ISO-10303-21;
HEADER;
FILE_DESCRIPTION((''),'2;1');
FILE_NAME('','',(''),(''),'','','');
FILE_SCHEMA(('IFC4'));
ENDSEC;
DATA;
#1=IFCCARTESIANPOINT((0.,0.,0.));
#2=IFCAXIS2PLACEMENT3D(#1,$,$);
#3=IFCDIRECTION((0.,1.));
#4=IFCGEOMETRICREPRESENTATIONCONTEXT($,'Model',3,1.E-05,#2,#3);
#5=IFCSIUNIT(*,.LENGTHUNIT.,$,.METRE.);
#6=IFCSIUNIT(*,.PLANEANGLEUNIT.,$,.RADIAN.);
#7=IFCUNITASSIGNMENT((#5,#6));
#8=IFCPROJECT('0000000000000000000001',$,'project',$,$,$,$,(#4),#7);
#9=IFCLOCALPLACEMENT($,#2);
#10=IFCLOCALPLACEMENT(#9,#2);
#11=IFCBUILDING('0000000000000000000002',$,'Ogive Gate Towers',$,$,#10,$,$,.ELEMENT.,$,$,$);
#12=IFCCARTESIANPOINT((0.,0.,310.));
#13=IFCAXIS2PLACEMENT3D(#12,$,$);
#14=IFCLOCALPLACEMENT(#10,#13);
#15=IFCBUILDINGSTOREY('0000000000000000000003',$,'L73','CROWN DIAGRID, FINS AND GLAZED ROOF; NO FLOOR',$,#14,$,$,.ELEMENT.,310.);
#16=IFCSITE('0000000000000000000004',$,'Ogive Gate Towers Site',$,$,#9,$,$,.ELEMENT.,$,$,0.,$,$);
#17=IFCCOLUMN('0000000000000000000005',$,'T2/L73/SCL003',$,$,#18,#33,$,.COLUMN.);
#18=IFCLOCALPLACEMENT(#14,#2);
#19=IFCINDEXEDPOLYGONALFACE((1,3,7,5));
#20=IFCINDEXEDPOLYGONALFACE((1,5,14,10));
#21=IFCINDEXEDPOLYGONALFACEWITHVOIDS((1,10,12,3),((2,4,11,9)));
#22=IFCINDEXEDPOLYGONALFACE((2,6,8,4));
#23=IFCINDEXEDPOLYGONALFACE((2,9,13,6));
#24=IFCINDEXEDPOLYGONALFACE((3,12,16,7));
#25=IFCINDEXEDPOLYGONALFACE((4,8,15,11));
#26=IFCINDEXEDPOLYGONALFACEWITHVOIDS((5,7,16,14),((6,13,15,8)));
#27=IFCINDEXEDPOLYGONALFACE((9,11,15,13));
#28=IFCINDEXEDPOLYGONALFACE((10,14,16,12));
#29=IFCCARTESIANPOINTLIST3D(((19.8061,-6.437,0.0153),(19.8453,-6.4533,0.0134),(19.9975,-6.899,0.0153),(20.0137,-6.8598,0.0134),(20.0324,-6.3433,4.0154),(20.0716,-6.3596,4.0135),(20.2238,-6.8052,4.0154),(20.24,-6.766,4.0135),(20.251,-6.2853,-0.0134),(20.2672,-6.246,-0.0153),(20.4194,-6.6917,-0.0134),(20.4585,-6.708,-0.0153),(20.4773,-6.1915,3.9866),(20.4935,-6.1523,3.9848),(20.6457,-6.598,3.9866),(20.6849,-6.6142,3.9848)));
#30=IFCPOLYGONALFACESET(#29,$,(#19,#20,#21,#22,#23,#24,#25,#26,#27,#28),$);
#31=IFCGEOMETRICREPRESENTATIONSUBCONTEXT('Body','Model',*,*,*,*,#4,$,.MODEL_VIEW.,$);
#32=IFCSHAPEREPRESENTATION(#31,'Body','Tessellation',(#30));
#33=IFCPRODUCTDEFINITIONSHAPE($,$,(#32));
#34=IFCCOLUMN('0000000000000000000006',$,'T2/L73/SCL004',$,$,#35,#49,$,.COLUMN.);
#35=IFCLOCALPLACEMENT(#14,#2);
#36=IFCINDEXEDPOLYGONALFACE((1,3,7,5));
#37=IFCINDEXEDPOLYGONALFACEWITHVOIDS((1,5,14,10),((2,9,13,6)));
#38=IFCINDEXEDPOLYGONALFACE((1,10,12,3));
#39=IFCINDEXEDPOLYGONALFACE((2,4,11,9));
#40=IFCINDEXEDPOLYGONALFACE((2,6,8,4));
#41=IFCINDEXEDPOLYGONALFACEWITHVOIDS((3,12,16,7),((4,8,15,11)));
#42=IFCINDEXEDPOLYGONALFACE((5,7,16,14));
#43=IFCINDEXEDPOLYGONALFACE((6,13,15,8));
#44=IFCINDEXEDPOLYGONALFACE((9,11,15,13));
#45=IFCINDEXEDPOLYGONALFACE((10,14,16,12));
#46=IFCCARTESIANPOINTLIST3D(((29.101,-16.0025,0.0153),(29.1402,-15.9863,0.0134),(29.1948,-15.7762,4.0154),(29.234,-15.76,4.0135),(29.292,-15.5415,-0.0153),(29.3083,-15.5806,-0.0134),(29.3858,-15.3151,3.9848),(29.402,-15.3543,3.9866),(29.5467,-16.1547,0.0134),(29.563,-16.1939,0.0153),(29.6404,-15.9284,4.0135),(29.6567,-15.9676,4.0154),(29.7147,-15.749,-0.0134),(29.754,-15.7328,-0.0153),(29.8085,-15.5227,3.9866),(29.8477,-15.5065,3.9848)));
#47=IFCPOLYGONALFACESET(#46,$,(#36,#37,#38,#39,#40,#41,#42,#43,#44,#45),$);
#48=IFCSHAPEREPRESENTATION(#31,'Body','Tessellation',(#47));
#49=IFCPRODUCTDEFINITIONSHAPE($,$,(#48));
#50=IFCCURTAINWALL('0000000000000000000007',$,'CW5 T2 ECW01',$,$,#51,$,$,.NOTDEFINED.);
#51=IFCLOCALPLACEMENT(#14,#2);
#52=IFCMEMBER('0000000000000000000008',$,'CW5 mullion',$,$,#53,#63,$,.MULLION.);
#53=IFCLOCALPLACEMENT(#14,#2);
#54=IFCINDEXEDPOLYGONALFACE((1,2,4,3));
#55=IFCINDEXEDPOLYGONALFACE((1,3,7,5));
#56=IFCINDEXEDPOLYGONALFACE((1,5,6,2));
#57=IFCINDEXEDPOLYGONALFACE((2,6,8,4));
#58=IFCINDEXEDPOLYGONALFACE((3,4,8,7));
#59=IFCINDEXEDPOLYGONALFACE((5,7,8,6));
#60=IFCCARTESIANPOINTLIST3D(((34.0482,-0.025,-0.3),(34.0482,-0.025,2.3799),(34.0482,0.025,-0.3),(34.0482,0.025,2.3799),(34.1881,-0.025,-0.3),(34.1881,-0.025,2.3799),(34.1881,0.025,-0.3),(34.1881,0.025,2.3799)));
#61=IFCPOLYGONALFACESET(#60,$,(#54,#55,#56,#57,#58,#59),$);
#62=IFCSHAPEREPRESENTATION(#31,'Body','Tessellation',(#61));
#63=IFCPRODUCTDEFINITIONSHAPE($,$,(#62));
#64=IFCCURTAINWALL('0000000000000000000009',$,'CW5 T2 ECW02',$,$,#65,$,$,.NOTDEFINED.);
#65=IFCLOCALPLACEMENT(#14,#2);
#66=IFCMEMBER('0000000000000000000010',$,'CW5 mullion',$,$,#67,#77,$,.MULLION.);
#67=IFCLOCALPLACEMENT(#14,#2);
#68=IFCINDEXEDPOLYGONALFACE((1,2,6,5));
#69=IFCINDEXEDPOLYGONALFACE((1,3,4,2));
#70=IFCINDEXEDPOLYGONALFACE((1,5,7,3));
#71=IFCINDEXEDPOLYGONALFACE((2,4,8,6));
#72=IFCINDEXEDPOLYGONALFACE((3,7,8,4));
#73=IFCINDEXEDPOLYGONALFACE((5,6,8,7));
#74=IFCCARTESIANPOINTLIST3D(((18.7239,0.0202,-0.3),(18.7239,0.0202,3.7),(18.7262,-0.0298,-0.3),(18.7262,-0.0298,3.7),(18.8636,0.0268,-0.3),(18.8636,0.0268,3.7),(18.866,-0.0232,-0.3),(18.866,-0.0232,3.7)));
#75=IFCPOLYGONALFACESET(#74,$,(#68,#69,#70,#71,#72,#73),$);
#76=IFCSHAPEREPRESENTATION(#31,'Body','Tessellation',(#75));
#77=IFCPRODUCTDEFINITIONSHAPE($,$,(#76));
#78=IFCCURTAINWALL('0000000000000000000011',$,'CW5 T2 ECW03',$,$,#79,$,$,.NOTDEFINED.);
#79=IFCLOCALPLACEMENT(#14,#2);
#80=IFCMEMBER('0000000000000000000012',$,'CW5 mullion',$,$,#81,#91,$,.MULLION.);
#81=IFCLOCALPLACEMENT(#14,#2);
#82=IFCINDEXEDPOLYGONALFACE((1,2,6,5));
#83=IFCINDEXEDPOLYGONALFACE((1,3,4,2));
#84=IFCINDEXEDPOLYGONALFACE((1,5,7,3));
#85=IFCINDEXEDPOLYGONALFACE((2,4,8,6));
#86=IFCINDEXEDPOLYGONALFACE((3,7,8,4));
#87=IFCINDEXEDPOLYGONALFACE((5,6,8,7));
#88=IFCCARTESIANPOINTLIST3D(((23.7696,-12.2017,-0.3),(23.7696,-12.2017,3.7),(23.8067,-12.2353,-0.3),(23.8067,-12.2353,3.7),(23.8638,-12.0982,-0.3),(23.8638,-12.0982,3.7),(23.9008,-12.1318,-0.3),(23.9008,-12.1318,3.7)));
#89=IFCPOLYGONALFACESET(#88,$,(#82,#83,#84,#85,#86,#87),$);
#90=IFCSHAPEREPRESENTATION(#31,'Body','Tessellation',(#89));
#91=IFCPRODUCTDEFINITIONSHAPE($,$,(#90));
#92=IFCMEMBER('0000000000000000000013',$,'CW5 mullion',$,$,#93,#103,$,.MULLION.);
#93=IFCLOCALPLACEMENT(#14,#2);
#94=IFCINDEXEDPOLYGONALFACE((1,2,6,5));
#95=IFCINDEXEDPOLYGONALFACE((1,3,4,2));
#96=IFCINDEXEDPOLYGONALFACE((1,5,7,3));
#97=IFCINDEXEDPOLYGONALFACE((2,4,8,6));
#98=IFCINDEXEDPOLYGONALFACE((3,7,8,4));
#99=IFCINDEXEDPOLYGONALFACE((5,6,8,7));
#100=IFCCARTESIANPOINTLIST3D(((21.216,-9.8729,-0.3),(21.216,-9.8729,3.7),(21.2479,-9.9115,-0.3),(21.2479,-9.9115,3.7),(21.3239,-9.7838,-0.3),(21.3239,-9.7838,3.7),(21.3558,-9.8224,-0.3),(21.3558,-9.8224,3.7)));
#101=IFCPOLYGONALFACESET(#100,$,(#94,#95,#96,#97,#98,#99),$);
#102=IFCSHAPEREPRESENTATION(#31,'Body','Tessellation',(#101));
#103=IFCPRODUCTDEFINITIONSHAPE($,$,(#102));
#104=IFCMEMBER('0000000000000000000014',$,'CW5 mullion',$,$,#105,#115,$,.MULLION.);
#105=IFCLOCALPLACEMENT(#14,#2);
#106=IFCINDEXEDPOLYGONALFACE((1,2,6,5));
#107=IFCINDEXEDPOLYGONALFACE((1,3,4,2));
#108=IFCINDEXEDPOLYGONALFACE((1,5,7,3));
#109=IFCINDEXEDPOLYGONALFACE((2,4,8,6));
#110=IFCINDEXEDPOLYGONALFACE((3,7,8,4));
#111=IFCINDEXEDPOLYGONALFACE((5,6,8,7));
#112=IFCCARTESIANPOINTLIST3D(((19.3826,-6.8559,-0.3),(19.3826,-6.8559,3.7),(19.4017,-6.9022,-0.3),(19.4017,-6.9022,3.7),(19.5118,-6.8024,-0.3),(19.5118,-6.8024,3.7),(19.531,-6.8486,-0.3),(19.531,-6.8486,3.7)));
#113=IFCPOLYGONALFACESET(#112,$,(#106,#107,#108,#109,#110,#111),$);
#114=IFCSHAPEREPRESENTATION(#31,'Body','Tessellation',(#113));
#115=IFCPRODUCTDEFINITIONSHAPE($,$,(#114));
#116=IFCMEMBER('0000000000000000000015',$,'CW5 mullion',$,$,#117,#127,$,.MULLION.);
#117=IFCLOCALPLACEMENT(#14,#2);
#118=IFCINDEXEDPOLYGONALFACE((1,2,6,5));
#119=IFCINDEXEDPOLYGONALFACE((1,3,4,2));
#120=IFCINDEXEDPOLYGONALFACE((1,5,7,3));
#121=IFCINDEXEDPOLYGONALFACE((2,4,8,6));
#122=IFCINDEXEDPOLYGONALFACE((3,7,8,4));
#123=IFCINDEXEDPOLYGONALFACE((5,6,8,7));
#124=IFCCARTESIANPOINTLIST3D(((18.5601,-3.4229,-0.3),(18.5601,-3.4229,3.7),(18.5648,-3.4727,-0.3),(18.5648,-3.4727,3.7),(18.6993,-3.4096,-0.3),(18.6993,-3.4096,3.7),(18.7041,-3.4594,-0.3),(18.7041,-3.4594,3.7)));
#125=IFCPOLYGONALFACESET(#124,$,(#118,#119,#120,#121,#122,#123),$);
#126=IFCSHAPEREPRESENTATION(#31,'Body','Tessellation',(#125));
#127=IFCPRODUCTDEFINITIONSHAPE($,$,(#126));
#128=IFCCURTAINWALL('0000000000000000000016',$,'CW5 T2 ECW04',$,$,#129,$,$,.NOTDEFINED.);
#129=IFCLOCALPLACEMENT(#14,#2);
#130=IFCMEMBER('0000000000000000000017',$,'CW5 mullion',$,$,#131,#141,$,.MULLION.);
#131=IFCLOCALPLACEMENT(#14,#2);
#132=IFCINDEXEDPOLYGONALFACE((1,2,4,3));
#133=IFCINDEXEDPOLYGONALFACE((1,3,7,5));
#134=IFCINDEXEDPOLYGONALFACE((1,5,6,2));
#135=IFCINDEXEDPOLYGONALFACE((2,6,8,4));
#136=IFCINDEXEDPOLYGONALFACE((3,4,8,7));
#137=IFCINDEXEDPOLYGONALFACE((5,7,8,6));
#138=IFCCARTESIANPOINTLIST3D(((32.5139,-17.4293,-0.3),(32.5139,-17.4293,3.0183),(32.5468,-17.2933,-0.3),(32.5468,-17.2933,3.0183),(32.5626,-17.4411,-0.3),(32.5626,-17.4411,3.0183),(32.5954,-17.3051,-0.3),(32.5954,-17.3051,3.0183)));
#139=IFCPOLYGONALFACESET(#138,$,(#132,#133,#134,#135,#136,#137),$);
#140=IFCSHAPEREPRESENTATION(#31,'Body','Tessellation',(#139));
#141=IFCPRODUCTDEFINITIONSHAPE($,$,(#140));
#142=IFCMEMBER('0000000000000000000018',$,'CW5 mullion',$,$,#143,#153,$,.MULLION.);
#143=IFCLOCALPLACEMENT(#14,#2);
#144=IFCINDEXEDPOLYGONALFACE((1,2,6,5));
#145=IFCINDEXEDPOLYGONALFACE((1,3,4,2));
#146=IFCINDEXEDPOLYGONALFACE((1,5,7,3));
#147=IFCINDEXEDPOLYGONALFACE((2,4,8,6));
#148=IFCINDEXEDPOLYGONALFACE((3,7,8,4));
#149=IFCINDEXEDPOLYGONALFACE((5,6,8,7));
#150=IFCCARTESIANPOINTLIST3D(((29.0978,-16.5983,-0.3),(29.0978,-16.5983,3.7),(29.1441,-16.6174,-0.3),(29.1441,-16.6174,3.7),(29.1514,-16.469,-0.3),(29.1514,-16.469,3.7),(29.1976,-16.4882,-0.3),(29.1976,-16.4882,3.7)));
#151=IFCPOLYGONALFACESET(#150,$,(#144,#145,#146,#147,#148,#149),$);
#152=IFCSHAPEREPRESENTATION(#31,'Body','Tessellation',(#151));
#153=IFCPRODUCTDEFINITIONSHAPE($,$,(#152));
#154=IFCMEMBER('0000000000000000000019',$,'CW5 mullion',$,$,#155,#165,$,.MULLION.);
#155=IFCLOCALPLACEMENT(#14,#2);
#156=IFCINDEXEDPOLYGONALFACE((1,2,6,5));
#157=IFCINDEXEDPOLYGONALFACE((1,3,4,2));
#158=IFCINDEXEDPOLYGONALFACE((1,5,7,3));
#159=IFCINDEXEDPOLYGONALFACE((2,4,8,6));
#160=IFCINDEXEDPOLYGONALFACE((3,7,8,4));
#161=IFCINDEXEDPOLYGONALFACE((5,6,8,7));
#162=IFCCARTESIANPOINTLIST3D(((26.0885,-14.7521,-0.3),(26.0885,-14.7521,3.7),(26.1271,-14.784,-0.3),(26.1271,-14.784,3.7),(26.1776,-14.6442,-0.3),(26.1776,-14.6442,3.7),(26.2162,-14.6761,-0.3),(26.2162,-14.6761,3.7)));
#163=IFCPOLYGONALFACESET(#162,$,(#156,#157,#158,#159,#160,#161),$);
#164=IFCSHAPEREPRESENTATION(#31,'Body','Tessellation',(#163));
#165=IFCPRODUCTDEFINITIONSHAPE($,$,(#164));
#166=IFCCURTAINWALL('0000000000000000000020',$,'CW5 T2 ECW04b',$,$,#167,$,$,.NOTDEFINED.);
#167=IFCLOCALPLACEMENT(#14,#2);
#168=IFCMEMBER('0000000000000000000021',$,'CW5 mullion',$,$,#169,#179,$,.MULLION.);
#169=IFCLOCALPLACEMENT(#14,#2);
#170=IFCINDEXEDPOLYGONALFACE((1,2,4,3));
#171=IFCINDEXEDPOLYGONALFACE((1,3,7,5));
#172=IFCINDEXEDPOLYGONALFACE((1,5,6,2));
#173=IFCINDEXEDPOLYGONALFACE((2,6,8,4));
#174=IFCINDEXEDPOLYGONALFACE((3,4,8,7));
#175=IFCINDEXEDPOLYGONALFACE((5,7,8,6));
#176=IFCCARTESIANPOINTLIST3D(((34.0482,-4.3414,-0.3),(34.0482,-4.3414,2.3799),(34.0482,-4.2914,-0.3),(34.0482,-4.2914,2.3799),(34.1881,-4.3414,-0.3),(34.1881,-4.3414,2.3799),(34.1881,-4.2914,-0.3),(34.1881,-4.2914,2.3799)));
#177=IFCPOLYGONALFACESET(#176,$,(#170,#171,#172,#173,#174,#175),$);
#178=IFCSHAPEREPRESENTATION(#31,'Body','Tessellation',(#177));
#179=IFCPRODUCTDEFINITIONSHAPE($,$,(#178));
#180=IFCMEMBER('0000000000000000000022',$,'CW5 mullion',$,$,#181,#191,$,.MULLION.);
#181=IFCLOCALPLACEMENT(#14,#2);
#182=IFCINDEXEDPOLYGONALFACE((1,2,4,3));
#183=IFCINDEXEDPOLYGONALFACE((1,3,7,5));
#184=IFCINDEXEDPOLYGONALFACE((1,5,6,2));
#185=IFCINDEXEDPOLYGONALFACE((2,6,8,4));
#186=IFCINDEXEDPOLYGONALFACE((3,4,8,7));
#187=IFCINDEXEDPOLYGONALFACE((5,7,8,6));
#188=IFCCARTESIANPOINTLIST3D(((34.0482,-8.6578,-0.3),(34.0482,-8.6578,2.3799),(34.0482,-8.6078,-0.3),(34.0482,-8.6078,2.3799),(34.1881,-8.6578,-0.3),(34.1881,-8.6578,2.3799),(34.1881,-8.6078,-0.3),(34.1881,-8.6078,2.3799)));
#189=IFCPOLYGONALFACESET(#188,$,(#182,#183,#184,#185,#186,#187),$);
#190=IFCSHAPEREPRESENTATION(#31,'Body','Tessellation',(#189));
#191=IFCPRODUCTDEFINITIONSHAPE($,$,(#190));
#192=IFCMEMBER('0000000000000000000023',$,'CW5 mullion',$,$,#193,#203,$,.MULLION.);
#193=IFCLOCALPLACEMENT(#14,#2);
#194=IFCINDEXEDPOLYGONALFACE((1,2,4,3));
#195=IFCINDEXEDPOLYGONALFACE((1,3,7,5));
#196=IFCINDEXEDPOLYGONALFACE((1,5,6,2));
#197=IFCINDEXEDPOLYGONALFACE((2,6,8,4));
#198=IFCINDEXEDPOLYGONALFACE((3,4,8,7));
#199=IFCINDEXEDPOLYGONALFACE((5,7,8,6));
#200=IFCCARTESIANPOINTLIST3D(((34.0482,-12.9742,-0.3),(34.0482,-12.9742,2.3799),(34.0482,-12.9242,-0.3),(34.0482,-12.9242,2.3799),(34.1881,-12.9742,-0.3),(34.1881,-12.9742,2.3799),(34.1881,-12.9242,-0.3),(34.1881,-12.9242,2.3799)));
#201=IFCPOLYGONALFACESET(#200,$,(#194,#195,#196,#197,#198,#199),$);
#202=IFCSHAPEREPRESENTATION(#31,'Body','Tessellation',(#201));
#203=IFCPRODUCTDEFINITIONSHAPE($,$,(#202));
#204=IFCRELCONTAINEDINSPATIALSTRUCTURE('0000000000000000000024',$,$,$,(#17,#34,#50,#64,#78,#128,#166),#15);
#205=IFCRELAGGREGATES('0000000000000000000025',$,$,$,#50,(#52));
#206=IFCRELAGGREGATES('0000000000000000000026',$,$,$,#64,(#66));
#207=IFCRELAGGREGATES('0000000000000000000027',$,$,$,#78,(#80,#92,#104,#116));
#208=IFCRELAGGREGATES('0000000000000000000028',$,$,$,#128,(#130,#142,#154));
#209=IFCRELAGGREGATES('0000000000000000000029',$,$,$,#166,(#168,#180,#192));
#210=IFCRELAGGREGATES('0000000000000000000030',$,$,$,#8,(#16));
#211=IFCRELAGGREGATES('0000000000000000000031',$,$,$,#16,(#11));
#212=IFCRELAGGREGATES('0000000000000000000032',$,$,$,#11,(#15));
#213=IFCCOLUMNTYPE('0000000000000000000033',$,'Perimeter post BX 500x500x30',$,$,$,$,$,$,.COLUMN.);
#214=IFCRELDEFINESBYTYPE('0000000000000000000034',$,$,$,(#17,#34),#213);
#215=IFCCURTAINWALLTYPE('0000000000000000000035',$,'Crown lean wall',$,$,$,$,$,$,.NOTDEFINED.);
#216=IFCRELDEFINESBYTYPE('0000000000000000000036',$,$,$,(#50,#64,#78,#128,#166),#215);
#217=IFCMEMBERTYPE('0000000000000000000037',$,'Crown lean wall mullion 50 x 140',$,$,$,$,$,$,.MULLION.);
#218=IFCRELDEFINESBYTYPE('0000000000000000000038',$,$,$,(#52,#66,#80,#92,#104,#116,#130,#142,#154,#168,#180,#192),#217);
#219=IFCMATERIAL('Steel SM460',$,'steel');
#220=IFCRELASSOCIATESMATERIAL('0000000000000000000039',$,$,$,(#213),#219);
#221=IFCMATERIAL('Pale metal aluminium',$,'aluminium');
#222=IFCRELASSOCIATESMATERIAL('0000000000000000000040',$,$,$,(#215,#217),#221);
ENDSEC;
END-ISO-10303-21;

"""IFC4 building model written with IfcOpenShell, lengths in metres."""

from ifc_helpers import new_model, si_unit, direction, frame, origin, origin_2d, place, context, subcontext, project, spatial, rectangle, hollow_rectangle, extrude, material, material_profile, profile_set, type_object, element, aggregate, save


model = new_model("IFC4")

# Units and contexts
model_context = context("Model", 3, precision=1e-05, world=origin(), true_north=direction((0.0, 1.0)))
body_context = subcontext(model_context, "Body", "Model", "MODEL_VIEW")
ifc_project = project(units=[si_unit("LENGTHUNIT", "METRE"), si_unit("PLANEANGLEUNIT", "RADIAN")], contexts=[model_context])

# Site, building, storey
site_placement = place(None, origin())
site = spatial("IfcSite", under=ifc_project, at=site_placement, Name="Ogive Gate Towers Site", CompositionType="ELEMENT", RefElevation=0.0)
building_placement = place(site_placement, origin())
building = spatial("IfcBuilding", under=site, at=building_placement, Name="Ogive Gate Towers", CompositionType="ELEMENT")
storey_placement = place(building_placement, frame((0.0, 0.0, 310.0)))
storey = spatial("IfcBuildingStorey", under=building, at=storey_placement, Name="L73", Description="CROWN DIAGRID, FINS AND GLAZED ROOF; NO FLOOR", CompositionType="ELEMENT", Elevation=310.0)

# Columns
ifc_material_1 = material(Name="Steel SM460", Category="steel")
ifc_material_profile_1 = material_profile(ifc_material_1, hollow_rectangle(XDim=0.5, YDim=0.5, WallThickness=0.03, at=origin_2d()), Name="BX 500x500x30")
ifc_profile_set_1 = profile_set([ifc_material_profile_1], Name="Steel SM460")
column_type = type_object("IfcColumnType", Name="Perimeter post BX 500x500x30", PredefinedType="COLUMN", material=ifc_profile_set_1)
for number, where, z_axis, x_axis, name in (
    (1, (20.1323, -6.5725, 0.0), (0.056474, 0.023394, 0.99813), (-0.382704, 0.923871, 0.0), "T2/L73/SCL003"),
    (2, (29.4275, -15.8677, 0.0), (0.023394, 0.056474, 0.99813), (-0.923871, 0.382704, 0.0), "T2/L73/SCL004"),
):
    element("IfcColumn", number, at=place(storey_placement, frame(where, z_axis=z_axis, x_axis=x_axis)), inside=storey, type_object=column_type, Name=name, PredefinedType="COLUMN", context=body_context, shape_type="SweptSolid", body=[
        extrude(hollow_rectangle(XDim=0.5, YDim=0.5, WallThickness=0.03, at=origin_2d()), origin(), (0.0, 0.0, 1.0), 4.0076),
    ])

# Curtain walls, members
ifc_material_2 = material(Name="Pale metal aluminium", Category="aluminium")
curtain_wall_type = type_object("IfcCurtainWallType", Name="Crown lean wall", PredefinedType="NOTDEFINED", material=ifc_material_2)
curtain_wall_1_placement = place(storey_placement, origin())
curtain_wall_1 = element("IfcCurtainWall", 3, at=curtain_wall_1_placement, inside=storey, type_object=curtain_wall_type, Name="CW5 T2 ECW01", PredefinedType="NOTDEFINED")
ifc_material_profile_2 = material_profile(ifc_material_2, rectangle(XDim=0.1399, YDim=0.05, at=origin_2d()), Name="50 x 140 aluminium box")
ifc_profile_set_2 = profile_set([ifc_material_profile_2], Name="Pale metal aluminium")
member_type_1 = type_object("IfcMemberType", Name="Crown lean wall mullion 50 x 140", PredefinedType="MULLION", material=ifc_profile_set_2)
member_1_placement = place(storey_placement, frame((34.1182, 0.0, -0.3), z_axis=(0.0, 0.0, 1.0), x_axis=(-1.0, 0.0, 0.0)))
member_1 = element("IfcMember", 4, at=member_1_placement, type_object=member_type_1, Name="CW5 mullion", PredefinedType="MULLION", context=body_context, shape_type="SweptSolid", body=[
    extrude(rectangle(XDim=0.1399, YDim=0.05, at=origin_2d()), origin(), (0.0, 0.0, 1.0), 2.6799),
])
aggregate(curtain_wall_1, [member_1])
curtain_wall_2_placement = place(storey_placement, origin())
curtain_wall_2 = element("IfcCurtainWall", 5, at=curtain_wall_2_placement, inside=storey, type_object=curtain_wall_type, Name="CW5 T2 ECW02", PredefinedType="NOTDEFINED")
member_2_placement = place(storey_placement, frame((18.7949, -0.0015, -0.3), z_axis=(0.0, 0.0, 1.0), x_axis=(0.998881, 0.047298, 0.0)))
member_2 = element("IfcMember", 6, at=member_2_placement, type_object=member_type_1, Name="CW5 mullion", PredefinedType="MULLION", context=body_context, shape_type="SweptSolid", body=[
    extrude(rectangle(XDim=0.1399, YDim=0.05, at=origin_2d()), origin(), (0.0, 0.0, 1.0), 4.0),
])
aggregate(curtain_wall_2, [member_2])

# Curtain walls, members
curtain_wall_3_placement = place(storey_placement, origin())
curtain_wall_3 = element("IfcCurtainWall", 7, at=curtain_wall_3_placement, inside=storey, type_object=curtain_wall_type, Name="CW5 T2 ECW03", PredefinedType="NOTDEFINED")
member_3_placement = place(storey_placement, frame((23.8352, -12.1667, -0.3), z_axis=(0.0, 0.0, 1.0), x_axis=(0.672858, 0.739772, 0.0)))
member_3 = element("IfcMember", 8, at=member_3_placement, type_object=member_type_1, Name="CW5 mullion", PredefinedType="MULLION", context=body_context, shape_type="SweptSolid", body=[
    extrude(rectangle(XDim=0.1399, YDim=0.05, at=origin_2d()), origin(), (0.0, 0.0, 1.0), 4.0),
])
member_4_placement = place(storey_placement, frame((21.2859, -9.8477, -0.3), z_axis=(0.0, 0.0, 1.0), x_axis=(0.770936, 0.636913, 0.0)))
member_4 = element("IfcMember", 9, at=member_4_placement, type_object=member_type_1, Name="CW5 mullion", PredefinedType="MULLION", context=body_context, shape_type="SweptSolid", body=[
    extrude(rectangle(XDim=0.1399, YDim=0.05, at=origin_2d()), origin(), (0.0, 0.0, 1.0), 4.0),
])
member_5_placement = place(storey_placement, frame((19.4568, -6.8523, -0.3), z_axis=(0.0, 0.0, 1.0), x_axis=(0.92388, 0.382683, 0.0)))
member_5 = element("IfcMember", 10, at=member_5_placement, type_object=member_type_1, Name="CW5 mullion", PredefinedType="MULLION", context=body_context, shape_type="SweptSolid", body=[
    extrude(rectangle(XDim=0.1399, YDim=0.05, at=origin_2d()), origin(), (0.0, 0.0, 1.0), 4.0),
])
member_6_placement = place(storey_placement, frame((18.6321, -3.4412, -0.3), z_axis=(0.0, 0.0, 1.0), x_axis=(0.995499, 0.094769, 0.0)))
member_6 = element("IfcMember", 11, at=member_6_placement, type_object=member_type_1, Name="CW5 mullion", PredefinedType="MULLION", context=body_context, shape_type="SweptSolid", body=[
    extrude(rectangle(XDim=0.1399, YDim=0.05, at=origin_2d()), origin(), (0.0, 0.0, 1.0), 4.0),
])
curtain_wall_4_placement = place(storey_placement, origin())
curtain_wall_4 = element("IfcCurtainWall", 12, at=curtain_wall_4_placement, inside=storey, type_object=curtain_wall_type, Name="CW5 T2 ECW04", PredefinedType="NOTDEFINED")
member_7_placement = place(storey_placement, frame((32.5547, -17.3672, -0.3), z_axis=(0.0, 0.0, 1.0), x_axis=(0.234939, 0.97201, 0.0)))
member_7 = element("IfcMember", 13, at=member_7_placement, type_object=member_type_1, Name="CW5 mullion", PredefinedType="MULLION", context=body_context, shape_type="SweptSolid", body=[
    extrude(rectangle(XDim=0.1399, YDim=0.05, at=origin_2d()), origin(), (0.0, 0.0, 1.0), 3.3184),
])
member_8_placement = place(storey_placement, frame((29.1477, -16.5432, -0.3), z_axis=(0.0, 0.0, 1.0), x_axis=(0.382683, 0.92388, 0.0)))
member_8 = element("IfcMember", 14, at=member_8_placement, type_object=member_type_1, Name="CW5 mullion", PredefinedType="MULLION", context=body_context, shape_type="SweptSolid", body=[
    extrude(rectangle(XDim=0.1399, YDim=0.05, at=origin_2d()), origin(), (0.0, 0.0, 1.0), 4.0),
])
member_9_placement = place(storey_placement, frame((26.1523, -14.7141, -0.3), z_axis=(0.0, 0.0, 1.0), x_axis=(0.636913, 0.770936, 0.0)))
member_9 = element("IfcMember", 15, at=member_9_placement, type_object=member_type_1, Name="CW5 mullion", PredefinedType="MULLION", context=body_context, shape_type="SweptSolid", body=[
    extrude(rectangle(XDim=0.1399, YDim=0.05, at=origin_2d()), origin(), (0.0, 0.0, 1.0), 4.0),
])
curtain_wall_5_placement = place(storey_placement, origin())
curtain_wall_5 = element("IfcCurtainWall", 16, at=curtain_wall_5_placement, inside=storey, type_object=curtain_wall_type, Name="CW5 T2 ECW04b", PredefinedType="NOTDEFINED")
member_10_placement = place(storey_placement, frame((34.1182, -4.3164, -0.3), z_axis=(0.0, 0.0, 1.0), x_axis=(-1.0, 0.0, 0.0)))
member_10 = element("IfcMember", 17, at=member_10_placement, type_object=member_type_1, Name="CW5 mullion", PredefinedType="MULLION", context=body_context, shape_type="SweptSolid", body=[
    extrude(rectangle(XDim=0.1399, YDim=0.05, at=origin_2d()), origin(), (0.0, 0.0, 1.0), 2.6799),
])
member_11_placement = place(storey_placement, frame((34.1182, -8.6328, -0.3), z_axis=(0.0, 0.0, 1.0), x_axis=(-1.0, 0.0, 0.0)))
member_11 = element("IfcMember", 18, at=member_11_placement, type_object=member_type_1, Name="CW5 mullion", PredefinedType="MULLION", context=body_context, shape_type="SweptSolid", body=[
    extrude(rectangle(XDim=0.1399, YDim=0.05, at=origin_2d()), origin(), (0.0, 0.0, 1.0), 2.6799),
])
member_12_placement = place(storey_placement, frame((34.1182, -12.9492, -0.3), z_axis=(0.0, 0.0, 1.0), x_axis=(-1.0, 0.0, 0.0)))
member_12 = element("IfcMember", 19, at=member_12_placement, type_object=member_type_1, Name="CW5 mullion", PredefinedType="MULLION", context=body_context, shape_type="SweptSolid", body=[
    extrude(rectangle(XDim=0.1399, YDim=0.05, at=origin_2d()), origin(), (0.0, 0.0, 1.0), 2.6799),
])

aggregate(curtain_wall_3, [member_3, member_4, member_5, member_6])
aggregate(curtain_wall_4, [member_7, member_8, member_9])
aggregate(curtain_wall_5, [member_10, member_11, member_12])

save(model, "model.ifc")
